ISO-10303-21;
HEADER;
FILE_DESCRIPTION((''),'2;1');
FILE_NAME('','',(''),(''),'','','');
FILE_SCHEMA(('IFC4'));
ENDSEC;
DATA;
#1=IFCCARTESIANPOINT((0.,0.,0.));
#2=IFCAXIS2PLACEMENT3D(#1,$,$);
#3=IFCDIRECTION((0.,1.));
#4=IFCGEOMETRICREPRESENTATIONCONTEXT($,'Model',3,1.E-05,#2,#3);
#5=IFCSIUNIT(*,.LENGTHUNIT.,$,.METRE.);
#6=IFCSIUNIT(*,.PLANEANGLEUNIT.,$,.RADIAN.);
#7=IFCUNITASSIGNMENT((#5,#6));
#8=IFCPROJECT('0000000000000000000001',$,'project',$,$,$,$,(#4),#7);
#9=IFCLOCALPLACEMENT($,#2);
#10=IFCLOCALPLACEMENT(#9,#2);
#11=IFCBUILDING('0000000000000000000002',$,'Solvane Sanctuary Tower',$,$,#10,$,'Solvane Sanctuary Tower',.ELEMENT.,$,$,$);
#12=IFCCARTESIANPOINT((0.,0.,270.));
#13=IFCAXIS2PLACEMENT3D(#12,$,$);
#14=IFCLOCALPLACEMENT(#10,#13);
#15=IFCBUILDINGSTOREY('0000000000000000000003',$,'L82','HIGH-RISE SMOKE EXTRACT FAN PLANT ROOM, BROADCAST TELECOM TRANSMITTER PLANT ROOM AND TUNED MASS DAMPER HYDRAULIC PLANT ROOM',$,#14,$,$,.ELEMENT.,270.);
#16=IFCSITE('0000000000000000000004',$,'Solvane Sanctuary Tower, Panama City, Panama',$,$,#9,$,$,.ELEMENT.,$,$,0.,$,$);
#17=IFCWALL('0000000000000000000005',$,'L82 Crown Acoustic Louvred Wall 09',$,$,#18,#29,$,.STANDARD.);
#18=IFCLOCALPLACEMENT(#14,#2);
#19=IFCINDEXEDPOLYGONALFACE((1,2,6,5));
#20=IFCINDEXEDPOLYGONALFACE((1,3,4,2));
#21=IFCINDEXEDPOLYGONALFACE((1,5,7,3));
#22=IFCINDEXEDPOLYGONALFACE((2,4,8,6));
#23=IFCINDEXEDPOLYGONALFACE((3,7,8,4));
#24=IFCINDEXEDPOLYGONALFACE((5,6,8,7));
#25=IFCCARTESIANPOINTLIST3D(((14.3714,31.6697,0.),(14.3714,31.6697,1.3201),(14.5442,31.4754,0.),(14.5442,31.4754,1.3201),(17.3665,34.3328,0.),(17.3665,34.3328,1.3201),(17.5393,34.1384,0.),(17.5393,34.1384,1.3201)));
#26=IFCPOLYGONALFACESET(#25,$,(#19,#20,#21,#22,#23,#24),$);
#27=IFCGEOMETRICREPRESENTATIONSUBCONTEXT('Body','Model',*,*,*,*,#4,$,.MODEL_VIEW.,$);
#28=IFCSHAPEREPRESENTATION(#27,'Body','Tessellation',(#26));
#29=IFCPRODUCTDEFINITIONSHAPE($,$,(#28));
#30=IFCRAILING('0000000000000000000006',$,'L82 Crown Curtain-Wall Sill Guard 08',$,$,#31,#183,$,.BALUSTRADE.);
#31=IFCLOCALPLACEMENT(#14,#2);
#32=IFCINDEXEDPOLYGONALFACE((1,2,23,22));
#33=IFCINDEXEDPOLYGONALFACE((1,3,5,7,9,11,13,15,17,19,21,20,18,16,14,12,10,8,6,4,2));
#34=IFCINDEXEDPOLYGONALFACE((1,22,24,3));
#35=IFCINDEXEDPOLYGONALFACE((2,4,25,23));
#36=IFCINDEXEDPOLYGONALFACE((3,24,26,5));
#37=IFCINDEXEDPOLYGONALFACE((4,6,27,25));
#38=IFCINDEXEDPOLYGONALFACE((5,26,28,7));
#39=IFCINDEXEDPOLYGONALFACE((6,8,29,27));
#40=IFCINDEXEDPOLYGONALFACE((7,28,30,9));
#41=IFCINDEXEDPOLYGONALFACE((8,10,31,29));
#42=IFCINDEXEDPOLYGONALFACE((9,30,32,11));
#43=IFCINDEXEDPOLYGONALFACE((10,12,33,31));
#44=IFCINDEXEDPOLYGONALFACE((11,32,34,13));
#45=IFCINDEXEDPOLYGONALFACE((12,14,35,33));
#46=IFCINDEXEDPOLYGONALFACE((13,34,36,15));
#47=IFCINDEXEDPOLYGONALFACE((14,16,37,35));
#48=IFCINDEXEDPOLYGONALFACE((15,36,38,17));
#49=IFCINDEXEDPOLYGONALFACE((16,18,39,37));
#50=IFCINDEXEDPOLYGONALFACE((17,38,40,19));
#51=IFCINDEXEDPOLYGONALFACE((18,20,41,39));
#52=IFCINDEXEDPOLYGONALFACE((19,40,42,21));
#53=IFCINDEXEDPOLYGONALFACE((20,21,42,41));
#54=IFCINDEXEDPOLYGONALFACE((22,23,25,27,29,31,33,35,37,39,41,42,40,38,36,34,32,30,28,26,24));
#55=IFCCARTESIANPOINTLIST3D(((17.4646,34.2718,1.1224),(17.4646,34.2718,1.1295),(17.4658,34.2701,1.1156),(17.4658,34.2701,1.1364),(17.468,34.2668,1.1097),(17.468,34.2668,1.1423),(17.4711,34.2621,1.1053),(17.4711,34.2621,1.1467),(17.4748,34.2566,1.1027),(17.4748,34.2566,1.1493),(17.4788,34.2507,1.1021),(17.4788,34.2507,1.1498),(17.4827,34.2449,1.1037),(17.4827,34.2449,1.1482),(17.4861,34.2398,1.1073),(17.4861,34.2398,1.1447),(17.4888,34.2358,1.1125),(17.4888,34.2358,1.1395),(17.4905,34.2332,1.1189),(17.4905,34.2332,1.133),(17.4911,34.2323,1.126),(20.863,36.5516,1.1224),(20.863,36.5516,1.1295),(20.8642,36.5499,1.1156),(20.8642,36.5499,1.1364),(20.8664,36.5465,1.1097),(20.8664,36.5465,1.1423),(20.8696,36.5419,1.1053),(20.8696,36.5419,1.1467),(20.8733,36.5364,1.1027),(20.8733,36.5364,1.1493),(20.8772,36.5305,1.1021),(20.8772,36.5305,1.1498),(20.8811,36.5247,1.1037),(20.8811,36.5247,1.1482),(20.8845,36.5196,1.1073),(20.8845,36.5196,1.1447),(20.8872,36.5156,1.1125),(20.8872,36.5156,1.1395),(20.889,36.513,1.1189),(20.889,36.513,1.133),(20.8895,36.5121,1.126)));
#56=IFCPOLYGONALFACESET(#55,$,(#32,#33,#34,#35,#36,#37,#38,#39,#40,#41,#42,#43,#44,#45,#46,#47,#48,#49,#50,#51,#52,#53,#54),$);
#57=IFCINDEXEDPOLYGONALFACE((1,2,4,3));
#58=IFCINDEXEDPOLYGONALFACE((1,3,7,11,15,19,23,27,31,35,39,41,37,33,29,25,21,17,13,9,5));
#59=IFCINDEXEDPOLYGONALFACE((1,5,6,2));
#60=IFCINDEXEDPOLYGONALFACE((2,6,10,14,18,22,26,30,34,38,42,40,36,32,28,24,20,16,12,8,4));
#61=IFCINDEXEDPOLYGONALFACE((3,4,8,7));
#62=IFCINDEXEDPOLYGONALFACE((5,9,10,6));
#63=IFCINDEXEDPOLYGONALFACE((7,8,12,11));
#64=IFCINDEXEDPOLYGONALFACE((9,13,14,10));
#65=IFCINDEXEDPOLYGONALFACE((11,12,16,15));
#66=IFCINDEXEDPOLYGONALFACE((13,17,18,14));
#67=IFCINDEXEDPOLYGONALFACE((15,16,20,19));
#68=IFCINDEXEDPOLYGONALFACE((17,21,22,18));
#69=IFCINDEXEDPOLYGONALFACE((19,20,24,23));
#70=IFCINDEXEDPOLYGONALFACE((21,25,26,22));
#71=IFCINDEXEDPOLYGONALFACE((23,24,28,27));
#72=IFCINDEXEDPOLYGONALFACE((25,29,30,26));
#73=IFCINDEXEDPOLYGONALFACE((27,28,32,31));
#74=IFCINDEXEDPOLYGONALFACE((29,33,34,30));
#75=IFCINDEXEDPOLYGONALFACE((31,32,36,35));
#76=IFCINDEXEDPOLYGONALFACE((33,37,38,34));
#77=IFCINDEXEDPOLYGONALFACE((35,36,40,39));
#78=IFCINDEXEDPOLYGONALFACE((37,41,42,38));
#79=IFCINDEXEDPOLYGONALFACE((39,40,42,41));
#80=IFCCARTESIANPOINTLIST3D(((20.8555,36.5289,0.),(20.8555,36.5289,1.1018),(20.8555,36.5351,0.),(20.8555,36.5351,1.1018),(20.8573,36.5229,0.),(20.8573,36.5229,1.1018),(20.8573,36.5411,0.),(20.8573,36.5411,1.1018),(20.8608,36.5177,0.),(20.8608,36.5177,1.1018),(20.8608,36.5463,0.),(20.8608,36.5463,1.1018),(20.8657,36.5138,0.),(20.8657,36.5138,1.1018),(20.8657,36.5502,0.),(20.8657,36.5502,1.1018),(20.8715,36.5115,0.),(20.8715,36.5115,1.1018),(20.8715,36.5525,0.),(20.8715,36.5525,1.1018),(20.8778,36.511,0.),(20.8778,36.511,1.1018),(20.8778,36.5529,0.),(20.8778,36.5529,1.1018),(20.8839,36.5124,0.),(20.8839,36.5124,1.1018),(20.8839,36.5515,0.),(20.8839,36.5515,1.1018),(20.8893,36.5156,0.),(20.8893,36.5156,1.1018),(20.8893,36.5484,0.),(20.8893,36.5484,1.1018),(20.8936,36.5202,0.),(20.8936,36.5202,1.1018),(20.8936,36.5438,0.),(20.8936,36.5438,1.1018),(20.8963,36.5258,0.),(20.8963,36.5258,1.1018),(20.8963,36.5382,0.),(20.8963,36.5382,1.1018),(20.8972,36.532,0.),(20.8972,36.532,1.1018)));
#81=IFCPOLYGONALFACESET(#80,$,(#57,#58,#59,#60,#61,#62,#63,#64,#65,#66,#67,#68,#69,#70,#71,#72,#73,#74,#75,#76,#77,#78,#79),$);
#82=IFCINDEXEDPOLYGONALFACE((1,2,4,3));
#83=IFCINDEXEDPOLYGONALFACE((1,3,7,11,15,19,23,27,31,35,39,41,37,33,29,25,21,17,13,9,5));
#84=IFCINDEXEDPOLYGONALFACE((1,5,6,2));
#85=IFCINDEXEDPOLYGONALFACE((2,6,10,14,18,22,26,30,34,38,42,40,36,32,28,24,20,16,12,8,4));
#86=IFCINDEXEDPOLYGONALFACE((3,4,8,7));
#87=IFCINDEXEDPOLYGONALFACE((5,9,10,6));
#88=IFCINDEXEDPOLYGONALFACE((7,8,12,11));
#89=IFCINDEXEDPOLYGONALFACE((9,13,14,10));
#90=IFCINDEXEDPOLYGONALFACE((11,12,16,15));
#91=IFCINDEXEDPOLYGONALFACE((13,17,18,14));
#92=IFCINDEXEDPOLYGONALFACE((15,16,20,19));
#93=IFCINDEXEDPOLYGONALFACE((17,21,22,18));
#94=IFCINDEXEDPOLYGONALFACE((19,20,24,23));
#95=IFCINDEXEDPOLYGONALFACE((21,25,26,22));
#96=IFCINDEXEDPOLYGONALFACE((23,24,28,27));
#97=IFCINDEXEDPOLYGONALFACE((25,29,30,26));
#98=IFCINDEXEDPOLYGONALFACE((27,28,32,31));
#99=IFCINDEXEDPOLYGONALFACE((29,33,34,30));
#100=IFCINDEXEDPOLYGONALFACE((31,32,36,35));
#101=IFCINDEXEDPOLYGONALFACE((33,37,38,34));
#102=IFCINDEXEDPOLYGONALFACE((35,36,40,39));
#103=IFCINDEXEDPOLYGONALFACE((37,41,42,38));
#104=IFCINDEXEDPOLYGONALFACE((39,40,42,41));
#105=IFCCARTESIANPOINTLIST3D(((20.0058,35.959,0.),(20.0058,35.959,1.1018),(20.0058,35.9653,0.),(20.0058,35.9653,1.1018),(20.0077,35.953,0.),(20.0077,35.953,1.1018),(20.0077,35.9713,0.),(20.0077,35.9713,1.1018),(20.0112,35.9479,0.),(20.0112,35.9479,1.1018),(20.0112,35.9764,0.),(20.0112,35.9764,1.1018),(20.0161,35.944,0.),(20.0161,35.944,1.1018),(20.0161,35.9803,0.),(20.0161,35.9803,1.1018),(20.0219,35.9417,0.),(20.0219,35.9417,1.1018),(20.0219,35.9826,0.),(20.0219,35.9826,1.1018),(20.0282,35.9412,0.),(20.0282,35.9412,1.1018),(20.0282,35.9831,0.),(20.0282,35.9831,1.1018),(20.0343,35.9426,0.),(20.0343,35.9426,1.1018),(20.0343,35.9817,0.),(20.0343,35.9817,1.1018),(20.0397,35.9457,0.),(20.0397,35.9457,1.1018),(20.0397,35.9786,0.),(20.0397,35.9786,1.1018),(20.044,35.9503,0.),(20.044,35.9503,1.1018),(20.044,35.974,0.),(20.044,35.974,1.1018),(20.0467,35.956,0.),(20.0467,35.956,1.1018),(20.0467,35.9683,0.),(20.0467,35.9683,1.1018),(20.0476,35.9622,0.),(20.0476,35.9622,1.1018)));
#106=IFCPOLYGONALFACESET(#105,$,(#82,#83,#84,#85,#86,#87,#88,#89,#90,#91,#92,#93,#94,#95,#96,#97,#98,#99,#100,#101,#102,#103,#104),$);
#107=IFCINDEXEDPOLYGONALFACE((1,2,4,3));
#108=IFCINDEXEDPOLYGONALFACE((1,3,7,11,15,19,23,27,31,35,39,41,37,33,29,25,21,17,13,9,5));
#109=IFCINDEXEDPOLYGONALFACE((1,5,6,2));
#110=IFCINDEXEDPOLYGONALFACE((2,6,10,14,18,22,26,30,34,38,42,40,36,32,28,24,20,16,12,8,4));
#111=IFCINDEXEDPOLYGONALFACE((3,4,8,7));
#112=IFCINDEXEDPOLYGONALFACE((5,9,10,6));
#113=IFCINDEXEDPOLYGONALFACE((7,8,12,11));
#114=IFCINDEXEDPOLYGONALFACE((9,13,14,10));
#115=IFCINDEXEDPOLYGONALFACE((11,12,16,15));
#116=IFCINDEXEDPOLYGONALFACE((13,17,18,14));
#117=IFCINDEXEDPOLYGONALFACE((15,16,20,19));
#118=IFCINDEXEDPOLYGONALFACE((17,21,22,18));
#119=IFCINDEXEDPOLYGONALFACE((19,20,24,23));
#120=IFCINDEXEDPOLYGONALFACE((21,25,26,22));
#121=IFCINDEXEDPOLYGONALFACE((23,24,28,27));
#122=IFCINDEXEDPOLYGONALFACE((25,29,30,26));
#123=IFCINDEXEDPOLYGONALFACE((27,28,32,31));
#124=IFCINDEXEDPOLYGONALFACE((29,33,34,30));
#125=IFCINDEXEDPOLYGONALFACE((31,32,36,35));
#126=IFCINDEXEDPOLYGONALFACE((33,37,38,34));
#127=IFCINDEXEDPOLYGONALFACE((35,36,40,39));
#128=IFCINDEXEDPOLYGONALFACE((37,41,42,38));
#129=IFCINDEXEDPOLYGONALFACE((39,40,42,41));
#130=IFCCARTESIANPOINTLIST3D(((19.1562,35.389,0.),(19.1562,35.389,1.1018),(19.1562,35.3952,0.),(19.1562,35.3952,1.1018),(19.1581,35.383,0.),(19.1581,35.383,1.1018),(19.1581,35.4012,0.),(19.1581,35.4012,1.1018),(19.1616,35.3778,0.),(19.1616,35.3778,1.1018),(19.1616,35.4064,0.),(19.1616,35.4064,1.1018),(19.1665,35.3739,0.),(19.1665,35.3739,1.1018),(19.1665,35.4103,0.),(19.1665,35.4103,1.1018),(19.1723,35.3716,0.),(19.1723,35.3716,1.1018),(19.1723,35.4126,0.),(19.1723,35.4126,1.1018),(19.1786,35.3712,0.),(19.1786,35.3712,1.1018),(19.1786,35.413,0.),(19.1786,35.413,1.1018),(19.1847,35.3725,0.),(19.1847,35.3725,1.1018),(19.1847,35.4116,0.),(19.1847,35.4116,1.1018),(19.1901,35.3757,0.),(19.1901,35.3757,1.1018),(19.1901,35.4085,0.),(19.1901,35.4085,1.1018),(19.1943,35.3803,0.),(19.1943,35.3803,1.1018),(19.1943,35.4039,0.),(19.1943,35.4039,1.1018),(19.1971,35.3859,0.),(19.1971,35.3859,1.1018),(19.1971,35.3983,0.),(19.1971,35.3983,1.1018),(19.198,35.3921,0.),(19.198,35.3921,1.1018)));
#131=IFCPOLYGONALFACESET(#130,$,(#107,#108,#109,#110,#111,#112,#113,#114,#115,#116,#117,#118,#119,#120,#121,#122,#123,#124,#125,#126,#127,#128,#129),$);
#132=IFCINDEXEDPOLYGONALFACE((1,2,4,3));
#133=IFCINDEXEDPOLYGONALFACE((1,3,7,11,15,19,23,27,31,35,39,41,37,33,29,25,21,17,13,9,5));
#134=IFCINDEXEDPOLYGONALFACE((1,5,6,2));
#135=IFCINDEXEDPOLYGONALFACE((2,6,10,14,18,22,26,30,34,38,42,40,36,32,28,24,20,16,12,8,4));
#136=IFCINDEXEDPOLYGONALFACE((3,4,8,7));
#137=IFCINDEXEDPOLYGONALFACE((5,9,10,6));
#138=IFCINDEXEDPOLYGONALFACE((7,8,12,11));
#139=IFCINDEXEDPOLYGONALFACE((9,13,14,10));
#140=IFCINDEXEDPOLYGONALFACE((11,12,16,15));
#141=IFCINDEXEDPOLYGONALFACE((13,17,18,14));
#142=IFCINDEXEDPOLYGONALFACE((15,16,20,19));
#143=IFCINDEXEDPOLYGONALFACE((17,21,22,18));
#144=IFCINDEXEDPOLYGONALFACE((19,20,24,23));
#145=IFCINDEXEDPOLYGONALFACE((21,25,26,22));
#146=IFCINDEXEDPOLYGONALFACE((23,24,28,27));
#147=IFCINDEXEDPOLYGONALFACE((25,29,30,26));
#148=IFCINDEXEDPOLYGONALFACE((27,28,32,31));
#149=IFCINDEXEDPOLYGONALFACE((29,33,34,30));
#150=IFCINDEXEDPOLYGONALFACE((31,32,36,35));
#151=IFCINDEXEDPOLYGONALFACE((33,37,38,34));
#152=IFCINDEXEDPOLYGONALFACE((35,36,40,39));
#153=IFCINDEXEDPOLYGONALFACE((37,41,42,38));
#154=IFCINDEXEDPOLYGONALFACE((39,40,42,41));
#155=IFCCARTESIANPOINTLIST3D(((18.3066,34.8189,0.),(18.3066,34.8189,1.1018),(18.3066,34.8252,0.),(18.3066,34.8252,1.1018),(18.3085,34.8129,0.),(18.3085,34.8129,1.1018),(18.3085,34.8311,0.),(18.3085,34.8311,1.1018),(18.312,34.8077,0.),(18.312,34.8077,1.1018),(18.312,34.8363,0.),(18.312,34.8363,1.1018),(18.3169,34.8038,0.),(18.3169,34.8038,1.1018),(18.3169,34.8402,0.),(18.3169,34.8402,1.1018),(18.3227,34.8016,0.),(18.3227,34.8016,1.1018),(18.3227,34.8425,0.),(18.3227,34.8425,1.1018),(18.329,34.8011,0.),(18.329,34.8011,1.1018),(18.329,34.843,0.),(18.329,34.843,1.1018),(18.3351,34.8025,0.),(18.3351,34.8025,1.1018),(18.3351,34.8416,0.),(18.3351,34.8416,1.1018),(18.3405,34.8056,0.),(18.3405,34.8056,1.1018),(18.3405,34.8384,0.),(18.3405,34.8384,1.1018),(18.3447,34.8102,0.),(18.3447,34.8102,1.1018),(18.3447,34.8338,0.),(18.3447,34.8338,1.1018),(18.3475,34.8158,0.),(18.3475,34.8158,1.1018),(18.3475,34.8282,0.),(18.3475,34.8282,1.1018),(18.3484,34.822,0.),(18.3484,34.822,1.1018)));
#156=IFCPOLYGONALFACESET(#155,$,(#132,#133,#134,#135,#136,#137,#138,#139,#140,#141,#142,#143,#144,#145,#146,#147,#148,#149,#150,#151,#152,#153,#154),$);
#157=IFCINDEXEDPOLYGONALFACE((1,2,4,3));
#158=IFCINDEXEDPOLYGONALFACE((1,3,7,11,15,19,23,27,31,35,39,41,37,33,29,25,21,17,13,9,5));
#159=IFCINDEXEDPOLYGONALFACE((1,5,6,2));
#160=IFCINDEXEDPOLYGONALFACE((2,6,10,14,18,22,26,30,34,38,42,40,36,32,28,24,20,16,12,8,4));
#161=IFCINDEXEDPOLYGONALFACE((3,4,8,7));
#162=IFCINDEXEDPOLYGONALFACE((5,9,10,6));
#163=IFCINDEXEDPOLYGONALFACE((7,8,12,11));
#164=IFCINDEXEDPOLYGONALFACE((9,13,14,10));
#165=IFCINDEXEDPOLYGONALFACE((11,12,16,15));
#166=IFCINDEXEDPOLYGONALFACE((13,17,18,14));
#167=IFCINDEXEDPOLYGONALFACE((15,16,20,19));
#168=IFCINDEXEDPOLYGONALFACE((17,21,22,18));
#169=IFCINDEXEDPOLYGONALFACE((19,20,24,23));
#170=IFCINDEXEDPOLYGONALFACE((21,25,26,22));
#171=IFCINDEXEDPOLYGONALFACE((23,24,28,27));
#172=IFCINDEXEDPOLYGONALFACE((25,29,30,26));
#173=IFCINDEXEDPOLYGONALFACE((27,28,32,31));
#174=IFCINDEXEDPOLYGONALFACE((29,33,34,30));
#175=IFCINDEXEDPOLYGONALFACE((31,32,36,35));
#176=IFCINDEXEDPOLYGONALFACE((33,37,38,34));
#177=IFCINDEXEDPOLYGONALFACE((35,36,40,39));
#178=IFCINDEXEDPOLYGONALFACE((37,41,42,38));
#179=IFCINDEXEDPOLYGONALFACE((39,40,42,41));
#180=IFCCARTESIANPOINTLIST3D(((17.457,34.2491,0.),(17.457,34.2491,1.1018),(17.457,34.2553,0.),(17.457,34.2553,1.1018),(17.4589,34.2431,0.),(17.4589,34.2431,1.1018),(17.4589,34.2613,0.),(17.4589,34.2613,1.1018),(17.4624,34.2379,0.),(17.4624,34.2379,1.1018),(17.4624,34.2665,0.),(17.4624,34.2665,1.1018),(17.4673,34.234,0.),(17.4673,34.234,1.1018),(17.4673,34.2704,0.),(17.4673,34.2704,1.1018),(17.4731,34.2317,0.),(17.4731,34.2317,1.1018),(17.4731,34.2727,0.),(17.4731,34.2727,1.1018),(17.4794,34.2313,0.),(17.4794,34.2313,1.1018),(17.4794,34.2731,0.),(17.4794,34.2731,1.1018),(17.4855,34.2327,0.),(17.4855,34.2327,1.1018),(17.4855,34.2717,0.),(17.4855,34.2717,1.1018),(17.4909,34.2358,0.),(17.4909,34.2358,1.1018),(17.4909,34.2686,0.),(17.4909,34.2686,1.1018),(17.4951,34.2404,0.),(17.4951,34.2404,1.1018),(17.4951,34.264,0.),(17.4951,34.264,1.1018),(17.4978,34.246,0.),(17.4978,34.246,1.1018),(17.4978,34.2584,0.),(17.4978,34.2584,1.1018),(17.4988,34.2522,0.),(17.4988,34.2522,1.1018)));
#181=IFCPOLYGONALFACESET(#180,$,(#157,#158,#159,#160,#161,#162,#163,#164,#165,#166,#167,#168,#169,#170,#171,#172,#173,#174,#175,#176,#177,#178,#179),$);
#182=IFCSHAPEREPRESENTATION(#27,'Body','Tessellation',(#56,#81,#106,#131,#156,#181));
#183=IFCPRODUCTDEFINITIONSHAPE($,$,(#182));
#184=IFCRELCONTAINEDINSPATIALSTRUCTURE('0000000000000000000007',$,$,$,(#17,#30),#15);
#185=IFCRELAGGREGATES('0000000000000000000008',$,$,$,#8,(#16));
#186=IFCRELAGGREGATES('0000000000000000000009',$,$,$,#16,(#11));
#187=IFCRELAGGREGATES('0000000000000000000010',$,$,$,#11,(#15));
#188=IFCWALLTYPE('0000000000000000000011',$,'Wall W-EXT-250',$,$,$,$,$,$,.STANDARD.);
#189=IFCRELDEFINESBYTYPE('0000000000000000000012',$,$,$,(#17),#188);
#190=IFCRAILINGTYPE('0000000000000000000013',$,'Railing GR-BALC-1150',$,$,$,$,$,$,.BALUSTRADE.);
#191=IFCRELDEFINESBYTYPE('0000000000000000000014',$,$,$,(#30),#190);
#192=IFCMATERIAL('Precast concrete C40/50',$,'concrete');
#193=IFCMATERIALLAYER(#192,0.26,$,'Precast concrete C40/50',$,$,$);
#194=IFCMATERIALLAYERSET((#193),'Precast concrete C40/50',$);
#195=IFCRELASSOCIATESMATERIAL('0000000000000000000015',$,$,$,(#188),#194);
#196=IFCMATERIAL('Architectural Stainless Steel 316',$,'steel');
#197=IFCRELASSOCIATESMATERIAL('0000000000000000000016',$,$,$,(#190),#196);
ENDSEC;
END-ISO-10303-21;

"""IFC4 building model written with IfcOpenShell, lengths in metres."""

from ifc_helpers import new_model, si_unit, direction, frame, frame_2d, origin, origin_2d, place, context, subcontext, project, spatial, rectangle, circle, extrude, material, layer, layer_set, type_object, element, save


model = new_model("IFC4")

# Units and contexts
model_context = context("Model", 3, precision=1e-05, world=origin(), true_north=direction((0.0, 1.0)))
body_context = subcontext(model_context, "Body", "Model", "MODEL_VIEW")
ifc_project = project(units=[si_unit("LENGTHUNIT", "METRE"), si_unit("PLANEANGLEUNIT", "RADIAN")], contexts=[model_context])

# Site, building, storey
site_placement = place(None, origin())
site = spatial("IfcSite", under=ifc_project, at=site_placement, Name="Solvane Sanctuary Tower, Panama City, Panama", CompositionType="ELEMENT", RefElevation=0.0)
building_placement = place(site_placement, origin())
building = spatial("IfcBuilding", under=site, at=building_placement, Name="Solvane Sanctuary Tower", LongName="Solvane Sanctuary Tower", CompositionType="ELEMENT")
storey_placement = place(building_placement, frame((0.0, 0.0, 270.0)))
storey = spatial("IfcBuildingStorey", under=building, at=storey_placement, Name="L82", Description="HIGH-RISE SMOKE EXTRACT FAN PLANT ROOM, BROADCAST TELECOM TRANSMITTER PLANT ROOM AND TUNED MASS DAMPER HYDRAULIC PLANT ROOM", CompositionType="ELEMENT", Elevation=270.0)

# Wall
ifc_material_1 = material(Name="Precast concrete C40/50", Category="concrete")
ifc_layer_1 = layer(ifc_material_1, 0.26, Name="Precast concrete C40/50")
ifc_layer_set_1 = layer_set([ifc_layer_1], Name="Precast concrete C40/50")
wall_type_1 = type_object("IfcWallType", Name="Wall W-EXT-250", PredefinedType="STANDARD", material=ifc_layer_set_1)
wall_1_placement = place(storey_placement, frame((17.4529, 34.2356, 0.0), z_axis=(0.0, 0.0, 1.0), x_axis=(-0.747315, -0.66447, 0.0)))
element("IfcWall", 1, at=wall_1_placement, inside=storey, type_object=wall_type_1, Name="L82 Crown Acoustic Louvred Wall 09", PredefinedType="STANDARD", context=body_context, shape_type="SweptSolid", body=[
    extrude(rectangle(XDim=4.0078, YDim=0.26, at=frame_2d((2.0039, 0.0))), origin(), (0.0, 0.0, 1.0), 1.3201),
])

# Railing
ifc_material_2 = material(Name="Architectural Stainless Steel 316", Category="steel")
railing_type = type_object("IfcRailingType", Name="Railing GR-BALC-1150", PredefinedType="BALUSTRADE", material=ifc_material_2)
railing_1_placement = place(storey_placement, frame((20.8762, 36.532, 0.0)))
element("IfcRailing", 2, at=railing_1_placement, inside=storey, type_object=railing_type, Name="L82 Crown Curtain-Wall Sill Guard 08", PredefinedType="BALUSTRADE", context=body_context, shape_type="SweptSolid", body=[
    extrude(circle(Radius=0.0239, at=origin_2d()), frame((0.0, 0.0, 1.126), z_axis=(-0.83045, -0.557093, 0.0), x_axis=(0.557093, -0.83045, 0.0)), (0.0, 0.0, 1.0), 4.0923),
    extrude(circle(Radius=0.021, at=origin_2d()), origin(), (0.0, 0.0, 1.0), 1.1018),
    extrude(circle(Radius=0.021, at=origin_2d()), frame((-0.8496, -0.5698, 0.0)), (0.0, 0.0, 1.0), 1.1018),
    extrude(circle(Radius=0.021, at=origin_2d()), frame((-1.6992, -1.1399, 0.0)), (0.0, 0.0, 1.0), 1.1018),
    extrude(circle(Radius=0.021, at=origin_2d()), frame((-2.5488, -1.71, 0.0)), (0.0, 0.0, 1.0), 1.1018),
    extrude(circle(Radius=0.021, at=origin_2d()), frame((-3.3984, -2.2798, 0.0)), (0.0, 0.0, 1.0), 1.1018),
])

save(model, "model.ifc")
